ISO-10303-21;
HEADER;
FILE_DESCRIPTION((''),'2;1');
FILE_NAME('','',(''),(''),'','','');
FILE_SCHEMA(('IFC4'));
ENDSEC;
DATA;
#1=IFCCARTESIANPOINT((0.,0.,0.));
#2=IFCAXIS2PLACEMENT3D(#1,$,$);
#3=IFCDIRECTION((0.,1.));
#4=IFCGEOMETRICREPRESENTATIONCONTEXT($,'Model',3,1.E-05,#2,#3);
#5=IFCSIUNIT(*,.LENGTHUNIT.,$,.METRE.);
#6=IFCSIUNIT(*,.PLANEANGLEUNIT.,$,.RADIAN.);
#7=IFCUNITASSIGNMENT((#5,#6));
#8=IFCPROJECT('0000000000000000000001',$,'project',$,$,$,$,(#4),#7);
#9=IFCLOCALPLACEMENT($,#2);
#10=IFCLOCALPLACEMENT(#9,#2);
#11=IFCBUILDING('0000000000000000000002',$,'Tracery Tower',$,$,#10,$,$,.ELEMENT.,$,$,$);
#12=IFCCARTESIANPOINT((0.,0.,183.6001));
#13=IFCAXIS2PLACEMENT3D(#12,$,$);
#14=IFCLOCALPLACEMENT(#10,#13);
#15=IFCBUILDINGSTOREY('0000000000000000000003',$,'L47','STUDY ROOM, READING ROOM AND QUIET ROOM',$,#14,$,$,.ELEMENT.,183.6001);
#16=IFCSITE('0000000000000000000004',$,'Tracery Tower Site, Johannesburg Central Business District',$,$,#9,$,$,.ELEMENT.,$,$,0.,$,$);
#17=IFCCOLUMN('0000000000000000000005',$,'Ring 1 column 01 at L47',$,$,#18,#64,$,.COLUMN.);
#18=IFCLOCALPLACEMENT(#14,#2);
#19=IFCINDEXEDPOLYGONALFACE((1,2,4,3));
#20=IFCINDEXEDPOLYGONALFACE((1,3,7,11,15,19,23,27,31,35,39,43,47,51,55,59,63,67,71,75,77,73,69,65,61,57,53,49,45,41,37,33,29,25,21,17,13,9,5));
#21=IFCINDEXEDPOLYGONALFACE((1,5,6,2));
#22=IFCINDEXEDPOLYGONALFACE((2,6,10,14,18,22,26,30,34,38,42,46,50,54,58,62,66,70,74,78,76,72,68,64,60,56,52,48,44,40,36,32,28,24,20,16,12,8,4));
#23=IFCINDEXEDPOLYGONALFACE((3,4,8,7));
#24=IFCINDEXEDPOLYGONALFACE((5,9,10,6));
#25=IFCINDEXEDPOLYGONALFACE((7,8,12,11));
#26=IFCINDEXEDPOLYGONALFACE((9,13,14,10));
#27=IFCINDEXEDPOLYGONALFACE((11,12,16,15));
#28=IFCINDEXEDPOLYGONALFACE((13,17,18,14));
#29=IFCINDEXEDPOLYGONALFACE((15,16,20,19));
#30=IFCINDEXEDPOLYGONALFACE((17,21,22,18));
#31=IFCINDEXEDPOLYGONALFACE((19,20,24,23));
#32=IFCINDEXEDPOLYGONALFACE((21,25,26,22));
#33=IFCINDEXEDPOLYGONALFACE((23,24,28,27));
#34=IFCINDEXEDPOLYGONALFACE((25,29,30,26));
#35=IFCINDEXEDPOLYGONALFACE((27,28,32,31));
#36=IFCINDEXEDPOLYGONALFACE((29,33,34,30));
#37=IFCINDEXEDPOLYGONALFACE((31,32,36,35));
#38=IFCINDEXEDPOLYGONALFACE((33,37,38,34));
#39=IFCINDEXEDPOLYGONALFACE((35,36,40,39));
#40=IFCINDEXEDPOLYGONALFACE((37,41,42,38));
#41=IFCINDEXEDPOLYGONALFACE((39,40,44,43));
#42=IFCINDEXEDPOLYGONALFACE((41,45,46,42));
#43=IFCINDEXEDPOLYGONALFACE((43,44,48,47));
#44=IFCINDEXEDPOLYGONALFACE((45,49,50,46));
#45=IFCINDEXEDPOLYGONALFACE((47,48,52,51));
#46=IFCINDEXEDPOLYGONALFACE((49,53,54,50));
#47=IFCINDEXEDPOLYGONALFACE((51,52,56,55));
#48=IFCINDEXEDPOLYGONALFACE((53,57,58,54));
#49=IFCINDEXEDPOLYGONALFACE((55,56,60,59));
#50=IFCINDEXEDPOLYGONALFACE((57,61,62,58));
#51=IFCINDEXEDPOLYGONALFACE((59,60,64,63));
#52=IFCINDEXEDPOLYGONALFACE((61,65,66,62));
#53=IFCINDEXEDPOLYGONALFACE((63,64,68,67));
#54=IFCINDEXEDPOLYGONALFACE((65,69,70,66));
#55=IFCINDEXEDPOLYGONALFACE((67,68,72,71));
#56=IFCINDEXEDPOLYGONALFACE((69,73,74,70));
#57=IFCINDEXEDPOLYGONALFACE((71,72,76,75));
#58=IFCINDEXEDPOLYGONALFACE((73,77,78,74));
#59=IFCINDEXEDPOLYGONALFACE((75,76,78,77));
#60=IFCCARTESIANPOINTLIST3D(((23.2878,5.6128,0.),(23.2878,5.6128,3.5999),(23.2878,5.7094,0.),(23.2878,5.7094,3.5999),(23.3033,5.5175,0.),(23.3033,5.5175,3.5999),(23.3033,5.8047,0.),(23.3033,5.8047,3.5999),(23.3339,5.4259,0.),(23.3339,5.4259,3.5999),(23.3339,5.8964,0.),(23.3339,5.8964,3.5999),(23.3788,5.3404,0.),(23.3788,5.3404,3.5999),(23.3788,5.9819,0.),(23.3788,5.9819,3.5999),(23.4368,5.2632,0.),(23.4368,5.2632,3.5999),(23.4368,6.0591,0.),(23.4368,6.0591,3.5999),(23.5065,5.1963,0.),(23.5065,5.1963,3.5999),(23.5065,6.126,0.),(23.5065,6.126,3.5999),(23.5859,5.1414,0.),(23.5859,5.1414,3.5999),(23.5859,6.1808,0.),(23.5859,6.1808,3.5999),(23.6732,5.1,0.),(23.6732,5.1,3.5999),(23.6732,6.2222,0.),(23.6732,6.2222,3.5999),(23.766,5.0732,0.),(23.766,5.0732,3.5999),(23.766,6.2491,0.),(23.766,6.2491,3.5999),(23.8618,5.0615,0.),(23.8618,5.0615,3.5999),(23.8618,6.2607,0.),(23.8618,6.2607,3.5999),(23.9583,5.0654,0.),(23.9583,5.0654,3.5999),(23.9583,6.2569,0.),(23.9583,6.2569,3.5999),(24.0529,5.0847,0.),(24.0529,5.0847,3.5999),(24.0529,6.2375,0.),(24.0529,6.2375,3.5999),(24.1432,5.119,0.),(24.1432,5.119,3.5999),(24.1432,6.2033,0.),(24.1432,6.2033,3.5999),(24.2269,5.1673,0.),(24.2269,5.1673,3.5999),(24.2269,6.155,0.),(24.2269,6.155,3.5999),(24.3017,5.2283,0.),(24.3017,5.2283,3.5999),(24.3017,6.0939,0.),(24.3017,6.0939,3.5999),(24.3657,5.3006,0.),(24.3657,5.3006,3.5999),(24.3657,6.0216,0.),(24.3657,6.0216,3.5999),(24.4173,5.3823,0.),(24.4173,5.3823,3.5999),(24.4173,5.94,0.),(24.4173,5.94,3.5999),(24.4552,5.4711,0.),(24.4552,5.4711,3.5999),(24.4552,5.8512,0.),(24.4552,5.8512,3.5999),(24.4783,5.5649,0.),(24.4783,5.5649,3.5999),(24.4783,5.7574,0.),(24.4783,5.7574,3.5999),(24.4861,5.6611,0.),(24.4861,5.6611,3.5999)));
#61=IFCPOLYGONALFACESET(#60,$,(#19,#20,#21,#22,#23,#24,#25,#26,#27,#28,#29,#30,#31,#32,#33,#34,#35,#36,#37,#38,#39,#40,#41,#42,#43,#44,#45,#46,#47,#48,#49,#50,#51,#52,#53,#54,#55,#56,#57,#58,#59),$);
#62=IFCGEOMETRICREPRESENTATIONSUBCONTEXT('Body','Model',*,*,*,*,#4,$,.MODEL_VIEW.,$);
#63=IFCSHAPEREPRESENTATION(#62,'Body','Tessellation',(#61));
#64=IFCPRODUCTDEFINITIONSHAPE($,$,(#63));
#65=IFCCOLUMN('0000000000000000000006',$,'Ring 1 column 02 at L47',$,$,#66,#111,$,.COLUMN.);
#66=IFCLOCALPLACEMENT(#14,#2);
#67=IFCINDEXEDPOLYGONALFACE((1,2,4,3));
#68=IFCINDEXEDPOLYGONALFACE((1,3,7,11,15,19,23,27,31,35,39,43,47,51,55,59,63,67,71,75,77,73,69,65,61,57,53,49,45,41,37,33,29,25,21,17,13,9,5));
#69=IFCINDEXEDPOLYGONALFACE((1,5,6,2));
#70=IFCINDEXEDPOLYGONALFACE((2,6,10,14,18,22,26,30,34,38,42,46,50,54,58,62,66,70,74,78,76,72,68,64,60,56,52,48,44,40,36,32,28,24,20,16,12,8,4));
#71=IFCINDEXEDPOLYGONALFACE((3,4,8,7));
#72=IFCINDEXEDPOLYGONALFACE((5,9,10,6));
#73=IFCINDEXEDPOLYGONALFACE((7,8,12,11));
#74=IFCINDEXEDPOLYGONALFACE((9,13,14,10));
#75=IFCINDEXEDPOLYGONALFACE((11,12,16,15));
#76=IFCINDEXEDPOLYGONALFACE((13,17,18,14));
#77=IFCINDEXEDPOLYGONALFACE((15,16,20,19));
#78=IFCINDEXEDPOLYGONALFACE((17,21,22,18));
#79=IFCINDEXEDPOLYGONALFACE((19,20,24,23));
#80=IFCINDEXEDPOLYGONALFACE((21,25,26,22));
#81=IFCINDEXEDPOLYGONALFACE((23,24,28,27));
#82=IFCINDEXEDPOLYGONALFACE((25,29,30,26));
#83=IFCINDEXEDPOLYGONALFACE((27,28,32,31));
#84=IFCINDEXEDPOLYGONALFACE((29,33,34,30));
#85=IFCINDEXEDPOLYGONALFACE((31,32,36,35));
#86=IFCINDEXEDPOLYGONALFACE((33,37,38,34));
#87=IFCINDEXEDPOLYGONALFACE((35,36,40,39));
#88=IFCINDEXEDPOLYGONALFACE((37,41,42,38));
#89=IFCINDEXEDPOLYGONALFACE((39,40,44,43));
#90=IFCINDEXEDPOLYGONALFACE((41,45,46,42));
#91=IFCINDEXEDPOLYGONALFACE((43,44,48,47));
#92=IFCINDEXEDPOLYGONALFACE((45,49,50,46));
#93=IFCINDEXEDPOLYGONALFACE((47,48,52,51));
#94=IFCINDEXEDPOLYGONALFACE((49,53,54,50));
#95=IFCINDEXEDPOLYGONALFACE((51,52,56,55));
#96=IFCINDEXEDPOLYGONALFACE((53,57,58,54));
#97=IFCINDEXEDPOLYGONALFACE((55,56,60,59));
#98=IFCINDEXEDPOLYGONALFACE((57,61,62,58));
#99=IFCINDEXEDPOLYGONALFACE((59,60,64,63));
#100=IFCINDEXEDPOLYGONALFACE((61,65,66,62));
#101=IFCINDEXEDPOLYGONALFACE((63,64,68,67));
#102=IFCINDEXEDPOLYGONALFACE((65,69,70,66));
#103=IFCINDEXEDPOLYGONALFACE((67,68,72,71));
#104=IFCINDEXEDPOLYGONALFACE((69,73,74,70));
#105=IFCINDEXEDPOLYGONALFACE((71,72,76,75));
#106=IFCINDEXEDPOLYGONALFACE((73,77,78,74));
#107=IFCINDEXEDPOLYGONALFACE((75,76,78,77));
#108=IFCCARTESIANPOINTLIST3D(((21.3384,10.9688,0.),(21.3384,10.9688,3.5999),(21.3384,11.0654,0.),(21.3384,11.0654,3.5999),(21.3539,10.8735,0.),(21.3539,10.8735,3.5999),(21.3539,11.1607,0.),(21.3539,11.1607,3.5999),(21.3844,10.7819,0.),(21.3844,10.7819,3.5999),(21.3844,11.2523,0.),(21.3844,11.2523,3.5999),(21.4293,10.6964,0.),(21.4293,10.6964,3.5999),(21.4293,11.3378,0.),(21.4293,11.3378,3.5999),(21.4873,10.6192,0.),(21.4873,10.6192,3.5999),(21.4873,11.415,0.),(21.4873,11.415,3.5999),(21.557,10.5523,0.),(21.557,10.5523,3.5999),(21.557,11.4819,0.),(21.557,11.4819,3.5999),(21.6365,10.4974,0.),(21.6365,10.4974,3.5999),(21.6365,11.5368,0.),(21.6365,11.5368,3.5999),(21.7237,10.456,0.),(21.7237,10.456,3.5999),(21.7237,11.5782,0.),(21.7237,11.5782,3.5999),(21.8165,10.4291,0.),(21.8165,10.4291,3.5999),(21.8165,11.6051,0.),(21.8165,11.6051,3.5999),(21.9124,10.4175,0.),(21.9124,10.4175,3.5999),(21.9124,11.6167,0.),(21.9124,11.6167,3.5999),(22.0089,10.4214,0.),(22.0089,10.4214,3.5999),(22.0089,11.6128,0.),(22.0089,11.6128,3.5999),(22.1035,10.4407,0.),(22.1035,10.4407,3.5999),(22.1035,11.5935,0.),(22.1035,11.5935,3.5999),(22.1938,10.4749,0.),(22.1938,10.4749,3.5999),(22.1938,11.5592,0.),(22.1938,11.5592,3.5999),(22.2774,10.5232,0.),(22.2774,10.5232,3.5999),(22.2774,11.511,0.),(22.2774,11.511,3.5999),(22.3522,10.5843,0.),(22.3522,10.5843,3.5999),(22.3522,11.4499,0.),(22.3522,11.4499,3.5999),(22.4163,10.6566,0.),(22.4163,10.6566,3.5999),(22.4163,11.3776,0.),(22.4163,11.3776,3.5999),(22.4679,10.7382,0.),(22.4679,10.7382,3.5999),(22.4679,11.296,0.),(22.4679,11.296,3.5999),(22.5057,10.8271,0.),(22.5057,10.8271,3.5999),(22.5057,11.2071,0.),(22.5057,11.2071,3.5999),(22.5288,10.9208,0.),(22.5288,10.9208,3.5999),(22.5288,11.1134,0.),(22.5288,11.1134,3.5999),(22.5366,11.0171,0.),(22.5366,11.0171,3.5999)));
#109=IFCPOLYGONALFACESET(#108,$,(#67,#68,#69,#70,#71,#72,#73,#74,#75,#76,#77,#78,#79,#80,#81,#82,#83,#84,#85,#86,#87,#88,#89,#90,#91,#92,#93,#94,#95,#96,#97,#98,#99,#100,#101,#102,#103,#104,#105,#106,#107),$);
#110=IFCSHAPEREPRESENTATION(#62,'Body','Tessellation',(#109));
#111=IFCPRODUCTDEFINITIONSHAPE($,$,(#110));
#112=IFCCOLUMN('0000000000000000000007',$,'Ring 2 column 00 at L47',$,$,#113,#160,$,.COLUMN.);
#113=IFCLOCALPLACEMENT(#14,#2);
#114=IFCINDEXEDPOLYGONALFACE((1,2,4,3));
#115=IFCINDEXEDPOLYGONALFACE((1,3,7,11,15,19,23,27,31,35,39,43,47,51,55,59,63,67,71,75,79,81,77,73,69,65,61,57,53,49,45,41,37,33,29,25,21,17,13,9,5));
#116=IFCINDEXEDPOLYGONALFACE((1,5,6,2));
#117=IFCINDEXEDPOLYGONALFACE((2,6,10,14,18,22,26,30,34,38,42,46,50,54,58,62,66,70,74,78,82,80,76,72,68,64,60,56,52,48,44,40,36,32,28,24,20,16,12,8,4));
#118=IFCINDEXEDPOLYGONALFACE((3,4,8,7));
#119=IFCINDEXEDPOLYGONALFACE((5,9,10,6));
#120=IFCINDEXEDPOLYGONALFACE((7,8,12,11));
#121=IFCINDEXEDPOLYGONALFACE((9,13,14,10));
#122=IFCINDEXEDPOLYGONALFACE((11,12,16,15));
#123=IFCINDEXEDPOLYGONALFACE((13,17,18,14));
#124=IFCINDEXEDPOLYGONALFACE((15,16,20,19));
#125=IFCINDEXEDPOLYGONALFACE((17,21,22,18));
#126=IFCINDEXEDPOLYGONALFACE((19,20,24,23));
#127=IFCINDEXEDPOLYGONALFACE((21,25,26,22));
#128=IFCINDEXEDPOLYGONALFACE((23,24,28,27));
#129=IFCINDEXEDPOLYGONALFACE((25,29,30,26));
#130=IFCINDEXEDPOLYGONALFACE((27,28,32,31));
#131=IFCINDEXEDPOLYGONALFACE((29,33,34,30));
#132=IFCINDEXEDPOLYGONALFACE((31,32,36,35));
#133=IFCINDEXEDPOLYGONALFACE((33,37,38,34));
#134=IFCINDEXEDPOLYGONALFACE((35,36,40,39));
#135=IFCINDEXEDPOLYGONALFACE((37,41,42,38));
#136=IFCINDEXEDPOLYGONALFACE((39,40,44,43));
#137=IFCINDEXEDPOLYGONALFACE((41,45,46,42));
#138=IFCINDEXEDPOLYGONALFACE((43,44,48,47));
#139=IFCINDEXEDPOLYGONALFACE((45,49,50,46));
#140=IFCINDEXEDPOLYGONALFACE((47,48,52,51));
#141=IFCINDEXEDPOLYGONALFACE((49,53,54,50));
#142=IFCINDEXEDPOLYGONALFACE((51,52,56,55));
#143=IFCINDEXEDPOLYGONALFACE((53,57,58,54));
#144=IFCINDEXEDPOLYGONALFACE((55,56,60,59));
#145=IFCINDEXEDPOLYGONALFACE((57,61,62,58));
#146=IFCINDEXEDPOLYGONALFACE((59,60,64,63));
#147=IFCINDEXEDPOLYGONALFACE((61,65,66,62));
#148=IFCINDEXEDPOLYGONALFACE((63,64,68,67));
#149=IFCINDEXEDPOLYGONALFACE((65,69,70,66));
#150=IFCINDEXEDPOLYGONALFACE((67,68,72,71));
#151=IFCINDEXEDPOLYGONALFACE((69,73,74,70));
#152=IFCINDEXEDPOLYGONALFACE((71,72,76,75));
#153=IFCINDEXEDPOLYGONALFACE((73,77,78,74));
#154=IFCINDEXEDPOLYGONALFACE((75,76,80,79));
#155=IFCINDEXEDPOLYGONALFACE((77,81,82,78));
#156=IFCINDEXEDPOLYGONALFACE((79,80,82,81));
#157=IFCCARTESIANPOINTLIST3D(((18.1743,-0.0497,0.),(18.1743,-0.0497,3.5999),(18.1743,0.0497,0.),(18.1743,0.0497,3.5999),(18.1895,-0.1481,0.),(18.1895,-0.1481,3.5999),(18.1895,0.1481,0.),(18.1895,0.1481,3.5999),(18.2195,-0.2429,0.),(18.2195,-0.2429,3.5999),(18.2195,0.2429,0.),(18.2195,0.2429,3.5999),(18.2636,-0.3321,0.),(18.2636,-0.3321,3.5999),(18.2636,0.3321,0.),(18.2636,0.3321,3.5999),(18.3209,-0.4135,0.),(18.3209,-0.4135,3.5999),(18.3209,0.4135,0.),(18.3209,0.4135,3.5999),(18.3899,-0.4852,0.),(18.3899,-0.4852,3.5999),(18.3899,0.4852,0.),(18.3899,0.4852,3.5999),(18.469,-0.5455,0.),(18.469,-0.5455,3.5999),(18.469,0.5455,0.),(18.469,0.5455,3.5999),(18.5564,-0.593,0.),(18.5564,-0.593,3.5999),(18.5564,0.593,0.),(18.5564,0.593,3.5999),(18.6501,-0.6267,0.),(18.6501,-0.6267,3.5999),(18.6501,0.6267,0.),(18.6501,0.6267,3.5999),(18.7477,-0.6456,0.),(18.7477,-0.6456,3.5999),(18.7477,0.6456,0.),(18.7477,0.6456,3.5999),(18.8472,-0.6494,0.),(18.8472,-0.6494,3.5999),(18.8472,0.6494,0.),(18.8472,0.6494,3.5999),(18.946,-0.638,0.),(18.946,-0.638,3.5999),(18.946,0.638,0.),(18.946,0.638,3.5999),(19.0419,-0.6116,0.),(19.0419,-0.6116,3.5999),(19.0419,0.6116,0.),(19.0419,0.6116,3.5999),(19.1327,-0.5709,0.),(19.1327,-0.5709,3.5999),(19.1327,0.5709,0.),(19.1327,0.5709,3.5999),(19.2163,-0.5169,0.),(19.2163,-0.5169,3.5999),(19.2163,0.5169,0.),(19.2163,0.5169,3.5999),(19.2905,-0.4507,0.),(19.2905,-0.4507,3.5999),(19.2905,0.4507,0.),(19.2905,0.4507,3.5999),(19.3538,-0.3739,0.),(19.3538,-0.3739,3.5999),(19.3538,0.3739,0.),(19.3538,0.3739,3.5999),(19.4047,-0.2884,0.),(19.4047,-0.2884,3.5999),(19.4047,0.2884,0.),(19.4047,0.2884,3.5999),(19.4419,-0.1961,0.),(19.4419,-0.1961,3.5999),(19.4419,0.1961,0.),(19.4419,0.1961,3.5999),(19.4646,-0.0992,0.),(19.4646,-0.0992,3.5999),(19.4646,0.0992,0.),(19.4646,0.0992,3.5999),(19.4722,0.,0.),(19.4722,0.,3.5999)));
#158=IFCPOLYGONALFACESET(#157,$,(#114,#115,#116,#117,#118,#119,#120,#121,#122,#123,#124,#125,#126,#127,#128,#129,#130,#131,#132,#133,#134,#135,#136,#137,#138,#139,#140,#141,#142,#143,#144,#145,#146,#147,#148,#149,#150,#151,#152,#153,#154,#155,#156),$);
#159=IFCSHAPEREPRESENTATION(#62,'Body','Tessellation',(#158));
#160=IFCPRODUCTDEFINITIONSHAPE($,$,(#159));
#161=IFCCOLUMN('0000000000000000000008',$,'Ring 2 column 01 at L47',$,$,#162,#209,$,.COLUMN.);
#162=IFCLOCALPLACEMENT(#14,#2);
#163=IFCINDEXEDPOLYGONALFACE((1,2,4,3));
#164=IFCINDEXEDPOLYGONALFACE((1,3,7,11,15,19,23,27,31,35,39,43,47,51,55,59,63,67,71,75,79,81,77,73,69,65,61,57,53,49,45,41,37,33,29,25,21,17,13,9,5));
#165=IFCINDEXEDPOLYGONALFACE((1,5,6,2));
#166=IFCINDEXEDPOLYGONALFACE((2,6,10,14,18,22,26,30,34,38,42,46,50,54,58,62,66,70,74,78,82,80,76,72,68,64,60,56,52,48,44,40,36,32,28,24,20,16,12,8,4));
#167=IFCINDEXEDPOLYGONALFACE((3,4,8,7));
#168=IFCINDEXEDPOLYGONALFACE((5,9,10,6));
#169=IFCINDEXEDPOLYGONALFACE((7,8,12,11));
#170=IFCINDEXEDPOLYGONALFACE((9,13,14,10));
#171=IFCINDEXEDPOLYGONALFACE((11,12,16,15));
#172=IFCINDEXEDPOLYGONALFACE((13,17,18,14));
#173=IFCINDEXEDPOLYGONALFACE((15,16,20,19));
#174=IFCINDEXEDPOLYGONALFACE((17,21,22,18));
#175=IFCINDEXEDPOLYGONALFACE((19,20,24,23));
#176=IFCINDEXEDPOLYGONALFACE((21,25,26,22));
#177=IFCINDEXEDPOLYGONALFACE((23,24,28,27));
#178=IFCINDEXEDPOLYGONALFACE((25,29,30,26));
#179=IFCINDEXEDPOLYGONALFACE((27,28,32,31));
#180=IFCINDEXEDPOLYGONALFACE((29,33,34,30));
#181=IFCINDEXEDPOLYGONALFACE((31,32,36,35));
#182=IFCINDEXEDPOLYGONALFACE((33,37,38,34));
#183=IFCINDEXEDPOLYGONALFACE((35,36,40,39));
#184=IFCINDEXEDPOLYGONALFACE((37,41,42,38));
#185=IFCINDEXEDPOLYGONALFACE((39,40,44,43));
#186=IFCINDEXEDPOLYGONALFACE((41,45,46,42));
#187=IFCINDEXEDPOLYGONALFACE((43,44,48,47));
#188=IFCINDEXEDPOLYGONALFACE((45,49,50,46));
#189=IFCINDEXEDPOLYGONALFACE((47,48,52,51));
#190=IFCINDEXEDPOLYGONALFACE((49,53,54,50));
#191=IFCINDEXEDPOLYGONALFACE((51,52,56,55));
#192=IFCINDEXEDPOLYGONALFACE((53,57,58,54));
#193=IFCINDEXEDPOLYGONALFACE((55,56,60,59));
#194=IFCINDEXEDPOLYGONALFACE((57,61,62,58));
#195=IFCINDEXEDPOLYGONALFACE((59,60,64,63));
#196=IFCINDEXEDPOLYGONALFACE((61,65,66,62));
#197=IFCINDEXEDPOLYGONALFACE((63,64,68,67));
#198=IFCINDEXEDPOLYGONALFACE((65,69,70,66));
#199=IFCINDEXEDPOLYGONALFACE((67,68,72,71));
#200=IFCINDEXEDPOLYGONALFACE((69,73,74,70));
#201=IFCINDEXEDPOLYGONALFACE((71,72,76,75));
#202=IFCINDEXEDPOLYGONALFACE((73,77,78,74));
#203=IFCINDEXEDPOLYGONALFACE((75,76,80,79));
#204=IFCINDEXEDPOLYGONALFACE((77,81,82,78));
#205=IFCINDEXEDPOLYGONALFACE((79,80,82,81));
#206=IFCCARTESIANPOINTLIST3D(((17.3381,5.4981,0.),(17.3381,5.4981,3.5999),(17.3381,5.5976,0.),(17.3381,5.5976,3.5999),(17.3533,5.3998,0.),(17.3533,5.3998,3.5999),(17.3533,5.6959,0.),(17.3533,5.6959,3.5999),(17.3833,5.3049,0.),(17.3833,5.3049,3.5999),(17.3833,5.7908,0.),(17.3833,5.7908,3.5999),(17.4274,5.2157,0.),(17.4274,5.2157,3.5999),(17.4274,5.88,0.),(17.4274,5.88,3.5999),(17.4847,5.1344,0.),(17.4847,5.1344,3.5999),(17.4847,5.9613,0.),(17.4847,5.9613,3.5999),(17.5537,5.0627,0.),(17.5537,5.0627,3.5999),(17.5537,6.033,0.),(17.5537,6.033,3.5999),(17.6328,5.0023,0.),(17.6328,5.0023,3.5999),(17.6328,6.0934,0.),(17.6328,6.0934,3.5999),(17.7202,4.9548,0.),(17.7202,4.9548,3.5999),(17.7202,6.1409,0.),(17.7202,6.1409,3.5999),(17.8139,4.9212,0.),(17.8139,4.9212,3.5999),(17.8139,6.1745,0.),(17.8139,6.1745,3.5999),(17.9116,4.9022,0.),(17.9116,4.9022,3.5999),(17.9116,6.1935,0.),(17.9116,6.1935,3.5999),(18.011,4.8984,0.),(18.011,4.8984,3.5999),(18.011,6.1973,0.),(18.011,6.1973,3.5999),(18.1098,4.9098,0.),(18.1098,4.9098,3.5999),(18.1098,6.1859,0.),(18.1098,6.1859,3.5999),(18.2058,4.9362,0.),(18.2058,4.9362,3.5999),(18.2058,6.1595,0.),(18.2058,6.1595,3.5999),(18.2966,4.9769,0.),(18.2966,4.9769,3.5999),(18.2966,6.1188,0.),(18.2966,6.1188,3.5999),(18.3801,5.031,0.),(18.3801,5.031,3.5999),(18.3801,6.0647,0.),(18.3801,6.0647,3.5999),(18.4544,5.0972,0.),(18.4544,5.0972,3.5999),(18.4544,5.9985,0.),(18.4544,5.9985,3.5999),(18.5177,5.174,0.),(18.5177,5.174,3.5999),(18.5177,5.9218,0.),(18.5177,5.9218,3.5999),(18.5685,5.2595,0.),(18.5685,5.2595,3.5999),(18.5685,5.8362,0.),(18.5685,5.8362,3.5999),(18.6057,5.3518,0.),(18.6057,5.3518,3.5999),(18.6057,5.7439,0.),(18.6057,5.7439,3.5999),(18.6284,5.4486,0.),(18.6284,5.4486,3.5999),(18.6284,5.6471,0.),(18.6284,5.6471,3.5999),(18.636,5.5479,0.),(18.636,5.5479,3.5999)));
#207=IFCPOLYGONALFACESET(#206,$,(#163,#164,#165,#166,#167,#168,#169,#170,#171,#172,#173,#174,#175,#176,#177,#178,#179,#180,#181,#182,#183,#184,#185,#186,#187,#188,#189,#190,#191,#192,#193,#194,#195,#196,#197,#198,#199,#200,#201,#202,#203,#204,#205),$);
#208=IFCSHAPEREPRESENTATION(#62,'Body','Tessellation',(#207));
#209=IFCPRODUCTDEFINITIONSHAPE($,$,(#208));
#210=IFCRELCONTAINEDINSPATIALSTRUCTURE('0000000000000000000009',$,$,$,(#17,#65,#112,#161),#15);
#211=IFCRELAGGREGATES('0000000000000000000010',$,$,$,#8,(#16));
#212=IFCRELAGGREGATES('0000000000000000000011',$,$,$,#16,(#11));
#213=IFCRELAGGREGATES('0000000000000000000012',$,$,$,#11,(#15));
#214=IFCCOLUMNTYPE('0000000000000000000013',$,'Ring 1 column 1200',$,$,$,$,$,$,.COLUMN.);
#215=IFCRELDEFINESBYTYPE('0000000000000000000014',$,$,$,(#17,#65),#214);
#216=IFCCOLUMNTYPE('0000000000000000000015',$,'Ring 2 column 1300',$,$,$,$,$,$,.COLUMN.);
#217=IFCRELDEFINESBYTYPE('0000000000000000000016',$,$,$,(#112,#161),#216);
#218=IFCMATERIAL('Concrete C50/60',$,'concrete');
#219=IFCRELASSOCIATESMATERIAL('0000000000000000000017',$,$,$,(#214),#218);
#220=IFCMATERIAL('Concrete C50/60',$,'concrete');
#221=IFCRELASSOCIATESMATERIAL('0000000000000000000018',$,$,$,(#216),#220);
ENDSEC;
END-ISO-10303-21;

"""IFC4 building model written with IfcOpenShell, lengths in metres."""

from ifc_helpers import new_model, si_unit, direction, frame, origin, origin_2d, place, context, subcontext, project, spatial, circle, extrude, material, material_profile, profile_set, type_object, element, save


model = new_model("IFC4")

# Units and contexts
model_context = context("Model", 3, precision=1e-05, world=origin(), true_north=direction((0.0, 1.0)))
body_context = subcontext(model_context, "Body", "Model", "MODEL_VIEW")
ifc_project = project(units=[si_unit("LENGTHUNIT", "METRE"), si_unit("PLANEANGLEUNIT", "RADIAN")], contexts=[model_context])

# Site, building, storey
site_placement = place(None, origin())
site = spatial("IfcSite", under=ifc_project, at=site_placement, Name="Tracery Tower Site, Johannesburg Central Business District", CompositionType="ELEMENT", RefElevation=0.0)
building_placement = place(site_placement, origin())
building = spatial("IfcBuilding", under=site, at=building_placement, Name="Tracery Tower", CompositionType="ELEMENT")
storey_placement = place(building_placement, frame((0.0, 0.0, 183.6001)))
storey = spatial("IfcBuildingStorey", under=building, at=storey_placement, Name="L47", Description="STUDY ROOM, READING ROOM AND QUIET ROOM", CompositionType="ELEMENT", Elevation=183.6001)

# Columns
ifc_material_1 = material(Name="Concrete C50/60", Category="concrete")
ifc_material_profile_1 = material_profile(ifc_material_1, circle(Radius=0.6001, at=origin_2d()), Name="RC D1200")
ifc_profile_set_1 = profile_set([ifc_material_profile_1], Name="Concrete C50/60")
column_type_1 = type_object("IfcColumnType", Name="Ring 1 column 1200", PredefinedType="COLUMN", material=ifc_profile_set_1)
for number, where, z_axis, x_axis, name in (
    (1, (23.886, 5.6611, 0.0), (0.0, 0.0, 1.0), (1.0, 0.0, 0.0), "Ring 1 column 01 at L47"),
    (2, (21.9365, 11.0171, 0.0), (0.0, 0.0, 1.0), (1.0, 0.0, 0.0), "Ring 1 column 02 at L47"),
):
    element("IfcColumn", number, at=place(storey_placement, frame(where, z_axis=z_axis, x_axis=x_axis)), inside=storey, type_object=column_type_1, Name=name, PredefinedType="COLUMN", context=body_context, shape_type="SweptSolid", body=[
        extrude(circle(Radius=0.6001, at=origin_2d()), origin(), (0.0, 0.0, 1.0), 3.5999),
    ])
ifc_material_2 = material(Name="Concrete C50/60", Category="concrete")
ifc_material_profile_2 = material_profile(ifc_material_2, circle(Radius=0.6499, at=origin_2d()), Name="RC D1300")
ifc_profile_set_2 = profile_set([ifc_material_profile_2], Name="Concrete C50/60")
column_type_2 = type_object("IfcColumnType", Name="Ring 2 column 1300", PredefinedType="COLUMN", material=ifc_profile_set_2)
for number, where, z_axis, x_axis, name in (
    (3, (18.8223, 0.0, 0.0), (0.0, 0.0, 1.0), (1.0, 0.0, 0.0), "Ring 2 column 00 at L47"),
    (4, (17.9861, 5.5479, 0.0), (0.0, 0.0, 1.0), (1.0, 0.0, 0.0), "Ring 2 column 01 at L47"),
):
    element("IfcColumn", number, at=place(storey_placement, frame(where, z_axis=z_axis, x_axis=x_axis)), inside=storey, type_object=column_type_2, Name=name, PredefinedType="COLUMN", context=body_context, shape_type="SweptSolid", body=[
        extrude(circle(Radius=0.6499, at=origin_2d()), origin(), (0.0, 0.0, 1.0), 3.5999),
    ])

save(model, "model.ifc")
